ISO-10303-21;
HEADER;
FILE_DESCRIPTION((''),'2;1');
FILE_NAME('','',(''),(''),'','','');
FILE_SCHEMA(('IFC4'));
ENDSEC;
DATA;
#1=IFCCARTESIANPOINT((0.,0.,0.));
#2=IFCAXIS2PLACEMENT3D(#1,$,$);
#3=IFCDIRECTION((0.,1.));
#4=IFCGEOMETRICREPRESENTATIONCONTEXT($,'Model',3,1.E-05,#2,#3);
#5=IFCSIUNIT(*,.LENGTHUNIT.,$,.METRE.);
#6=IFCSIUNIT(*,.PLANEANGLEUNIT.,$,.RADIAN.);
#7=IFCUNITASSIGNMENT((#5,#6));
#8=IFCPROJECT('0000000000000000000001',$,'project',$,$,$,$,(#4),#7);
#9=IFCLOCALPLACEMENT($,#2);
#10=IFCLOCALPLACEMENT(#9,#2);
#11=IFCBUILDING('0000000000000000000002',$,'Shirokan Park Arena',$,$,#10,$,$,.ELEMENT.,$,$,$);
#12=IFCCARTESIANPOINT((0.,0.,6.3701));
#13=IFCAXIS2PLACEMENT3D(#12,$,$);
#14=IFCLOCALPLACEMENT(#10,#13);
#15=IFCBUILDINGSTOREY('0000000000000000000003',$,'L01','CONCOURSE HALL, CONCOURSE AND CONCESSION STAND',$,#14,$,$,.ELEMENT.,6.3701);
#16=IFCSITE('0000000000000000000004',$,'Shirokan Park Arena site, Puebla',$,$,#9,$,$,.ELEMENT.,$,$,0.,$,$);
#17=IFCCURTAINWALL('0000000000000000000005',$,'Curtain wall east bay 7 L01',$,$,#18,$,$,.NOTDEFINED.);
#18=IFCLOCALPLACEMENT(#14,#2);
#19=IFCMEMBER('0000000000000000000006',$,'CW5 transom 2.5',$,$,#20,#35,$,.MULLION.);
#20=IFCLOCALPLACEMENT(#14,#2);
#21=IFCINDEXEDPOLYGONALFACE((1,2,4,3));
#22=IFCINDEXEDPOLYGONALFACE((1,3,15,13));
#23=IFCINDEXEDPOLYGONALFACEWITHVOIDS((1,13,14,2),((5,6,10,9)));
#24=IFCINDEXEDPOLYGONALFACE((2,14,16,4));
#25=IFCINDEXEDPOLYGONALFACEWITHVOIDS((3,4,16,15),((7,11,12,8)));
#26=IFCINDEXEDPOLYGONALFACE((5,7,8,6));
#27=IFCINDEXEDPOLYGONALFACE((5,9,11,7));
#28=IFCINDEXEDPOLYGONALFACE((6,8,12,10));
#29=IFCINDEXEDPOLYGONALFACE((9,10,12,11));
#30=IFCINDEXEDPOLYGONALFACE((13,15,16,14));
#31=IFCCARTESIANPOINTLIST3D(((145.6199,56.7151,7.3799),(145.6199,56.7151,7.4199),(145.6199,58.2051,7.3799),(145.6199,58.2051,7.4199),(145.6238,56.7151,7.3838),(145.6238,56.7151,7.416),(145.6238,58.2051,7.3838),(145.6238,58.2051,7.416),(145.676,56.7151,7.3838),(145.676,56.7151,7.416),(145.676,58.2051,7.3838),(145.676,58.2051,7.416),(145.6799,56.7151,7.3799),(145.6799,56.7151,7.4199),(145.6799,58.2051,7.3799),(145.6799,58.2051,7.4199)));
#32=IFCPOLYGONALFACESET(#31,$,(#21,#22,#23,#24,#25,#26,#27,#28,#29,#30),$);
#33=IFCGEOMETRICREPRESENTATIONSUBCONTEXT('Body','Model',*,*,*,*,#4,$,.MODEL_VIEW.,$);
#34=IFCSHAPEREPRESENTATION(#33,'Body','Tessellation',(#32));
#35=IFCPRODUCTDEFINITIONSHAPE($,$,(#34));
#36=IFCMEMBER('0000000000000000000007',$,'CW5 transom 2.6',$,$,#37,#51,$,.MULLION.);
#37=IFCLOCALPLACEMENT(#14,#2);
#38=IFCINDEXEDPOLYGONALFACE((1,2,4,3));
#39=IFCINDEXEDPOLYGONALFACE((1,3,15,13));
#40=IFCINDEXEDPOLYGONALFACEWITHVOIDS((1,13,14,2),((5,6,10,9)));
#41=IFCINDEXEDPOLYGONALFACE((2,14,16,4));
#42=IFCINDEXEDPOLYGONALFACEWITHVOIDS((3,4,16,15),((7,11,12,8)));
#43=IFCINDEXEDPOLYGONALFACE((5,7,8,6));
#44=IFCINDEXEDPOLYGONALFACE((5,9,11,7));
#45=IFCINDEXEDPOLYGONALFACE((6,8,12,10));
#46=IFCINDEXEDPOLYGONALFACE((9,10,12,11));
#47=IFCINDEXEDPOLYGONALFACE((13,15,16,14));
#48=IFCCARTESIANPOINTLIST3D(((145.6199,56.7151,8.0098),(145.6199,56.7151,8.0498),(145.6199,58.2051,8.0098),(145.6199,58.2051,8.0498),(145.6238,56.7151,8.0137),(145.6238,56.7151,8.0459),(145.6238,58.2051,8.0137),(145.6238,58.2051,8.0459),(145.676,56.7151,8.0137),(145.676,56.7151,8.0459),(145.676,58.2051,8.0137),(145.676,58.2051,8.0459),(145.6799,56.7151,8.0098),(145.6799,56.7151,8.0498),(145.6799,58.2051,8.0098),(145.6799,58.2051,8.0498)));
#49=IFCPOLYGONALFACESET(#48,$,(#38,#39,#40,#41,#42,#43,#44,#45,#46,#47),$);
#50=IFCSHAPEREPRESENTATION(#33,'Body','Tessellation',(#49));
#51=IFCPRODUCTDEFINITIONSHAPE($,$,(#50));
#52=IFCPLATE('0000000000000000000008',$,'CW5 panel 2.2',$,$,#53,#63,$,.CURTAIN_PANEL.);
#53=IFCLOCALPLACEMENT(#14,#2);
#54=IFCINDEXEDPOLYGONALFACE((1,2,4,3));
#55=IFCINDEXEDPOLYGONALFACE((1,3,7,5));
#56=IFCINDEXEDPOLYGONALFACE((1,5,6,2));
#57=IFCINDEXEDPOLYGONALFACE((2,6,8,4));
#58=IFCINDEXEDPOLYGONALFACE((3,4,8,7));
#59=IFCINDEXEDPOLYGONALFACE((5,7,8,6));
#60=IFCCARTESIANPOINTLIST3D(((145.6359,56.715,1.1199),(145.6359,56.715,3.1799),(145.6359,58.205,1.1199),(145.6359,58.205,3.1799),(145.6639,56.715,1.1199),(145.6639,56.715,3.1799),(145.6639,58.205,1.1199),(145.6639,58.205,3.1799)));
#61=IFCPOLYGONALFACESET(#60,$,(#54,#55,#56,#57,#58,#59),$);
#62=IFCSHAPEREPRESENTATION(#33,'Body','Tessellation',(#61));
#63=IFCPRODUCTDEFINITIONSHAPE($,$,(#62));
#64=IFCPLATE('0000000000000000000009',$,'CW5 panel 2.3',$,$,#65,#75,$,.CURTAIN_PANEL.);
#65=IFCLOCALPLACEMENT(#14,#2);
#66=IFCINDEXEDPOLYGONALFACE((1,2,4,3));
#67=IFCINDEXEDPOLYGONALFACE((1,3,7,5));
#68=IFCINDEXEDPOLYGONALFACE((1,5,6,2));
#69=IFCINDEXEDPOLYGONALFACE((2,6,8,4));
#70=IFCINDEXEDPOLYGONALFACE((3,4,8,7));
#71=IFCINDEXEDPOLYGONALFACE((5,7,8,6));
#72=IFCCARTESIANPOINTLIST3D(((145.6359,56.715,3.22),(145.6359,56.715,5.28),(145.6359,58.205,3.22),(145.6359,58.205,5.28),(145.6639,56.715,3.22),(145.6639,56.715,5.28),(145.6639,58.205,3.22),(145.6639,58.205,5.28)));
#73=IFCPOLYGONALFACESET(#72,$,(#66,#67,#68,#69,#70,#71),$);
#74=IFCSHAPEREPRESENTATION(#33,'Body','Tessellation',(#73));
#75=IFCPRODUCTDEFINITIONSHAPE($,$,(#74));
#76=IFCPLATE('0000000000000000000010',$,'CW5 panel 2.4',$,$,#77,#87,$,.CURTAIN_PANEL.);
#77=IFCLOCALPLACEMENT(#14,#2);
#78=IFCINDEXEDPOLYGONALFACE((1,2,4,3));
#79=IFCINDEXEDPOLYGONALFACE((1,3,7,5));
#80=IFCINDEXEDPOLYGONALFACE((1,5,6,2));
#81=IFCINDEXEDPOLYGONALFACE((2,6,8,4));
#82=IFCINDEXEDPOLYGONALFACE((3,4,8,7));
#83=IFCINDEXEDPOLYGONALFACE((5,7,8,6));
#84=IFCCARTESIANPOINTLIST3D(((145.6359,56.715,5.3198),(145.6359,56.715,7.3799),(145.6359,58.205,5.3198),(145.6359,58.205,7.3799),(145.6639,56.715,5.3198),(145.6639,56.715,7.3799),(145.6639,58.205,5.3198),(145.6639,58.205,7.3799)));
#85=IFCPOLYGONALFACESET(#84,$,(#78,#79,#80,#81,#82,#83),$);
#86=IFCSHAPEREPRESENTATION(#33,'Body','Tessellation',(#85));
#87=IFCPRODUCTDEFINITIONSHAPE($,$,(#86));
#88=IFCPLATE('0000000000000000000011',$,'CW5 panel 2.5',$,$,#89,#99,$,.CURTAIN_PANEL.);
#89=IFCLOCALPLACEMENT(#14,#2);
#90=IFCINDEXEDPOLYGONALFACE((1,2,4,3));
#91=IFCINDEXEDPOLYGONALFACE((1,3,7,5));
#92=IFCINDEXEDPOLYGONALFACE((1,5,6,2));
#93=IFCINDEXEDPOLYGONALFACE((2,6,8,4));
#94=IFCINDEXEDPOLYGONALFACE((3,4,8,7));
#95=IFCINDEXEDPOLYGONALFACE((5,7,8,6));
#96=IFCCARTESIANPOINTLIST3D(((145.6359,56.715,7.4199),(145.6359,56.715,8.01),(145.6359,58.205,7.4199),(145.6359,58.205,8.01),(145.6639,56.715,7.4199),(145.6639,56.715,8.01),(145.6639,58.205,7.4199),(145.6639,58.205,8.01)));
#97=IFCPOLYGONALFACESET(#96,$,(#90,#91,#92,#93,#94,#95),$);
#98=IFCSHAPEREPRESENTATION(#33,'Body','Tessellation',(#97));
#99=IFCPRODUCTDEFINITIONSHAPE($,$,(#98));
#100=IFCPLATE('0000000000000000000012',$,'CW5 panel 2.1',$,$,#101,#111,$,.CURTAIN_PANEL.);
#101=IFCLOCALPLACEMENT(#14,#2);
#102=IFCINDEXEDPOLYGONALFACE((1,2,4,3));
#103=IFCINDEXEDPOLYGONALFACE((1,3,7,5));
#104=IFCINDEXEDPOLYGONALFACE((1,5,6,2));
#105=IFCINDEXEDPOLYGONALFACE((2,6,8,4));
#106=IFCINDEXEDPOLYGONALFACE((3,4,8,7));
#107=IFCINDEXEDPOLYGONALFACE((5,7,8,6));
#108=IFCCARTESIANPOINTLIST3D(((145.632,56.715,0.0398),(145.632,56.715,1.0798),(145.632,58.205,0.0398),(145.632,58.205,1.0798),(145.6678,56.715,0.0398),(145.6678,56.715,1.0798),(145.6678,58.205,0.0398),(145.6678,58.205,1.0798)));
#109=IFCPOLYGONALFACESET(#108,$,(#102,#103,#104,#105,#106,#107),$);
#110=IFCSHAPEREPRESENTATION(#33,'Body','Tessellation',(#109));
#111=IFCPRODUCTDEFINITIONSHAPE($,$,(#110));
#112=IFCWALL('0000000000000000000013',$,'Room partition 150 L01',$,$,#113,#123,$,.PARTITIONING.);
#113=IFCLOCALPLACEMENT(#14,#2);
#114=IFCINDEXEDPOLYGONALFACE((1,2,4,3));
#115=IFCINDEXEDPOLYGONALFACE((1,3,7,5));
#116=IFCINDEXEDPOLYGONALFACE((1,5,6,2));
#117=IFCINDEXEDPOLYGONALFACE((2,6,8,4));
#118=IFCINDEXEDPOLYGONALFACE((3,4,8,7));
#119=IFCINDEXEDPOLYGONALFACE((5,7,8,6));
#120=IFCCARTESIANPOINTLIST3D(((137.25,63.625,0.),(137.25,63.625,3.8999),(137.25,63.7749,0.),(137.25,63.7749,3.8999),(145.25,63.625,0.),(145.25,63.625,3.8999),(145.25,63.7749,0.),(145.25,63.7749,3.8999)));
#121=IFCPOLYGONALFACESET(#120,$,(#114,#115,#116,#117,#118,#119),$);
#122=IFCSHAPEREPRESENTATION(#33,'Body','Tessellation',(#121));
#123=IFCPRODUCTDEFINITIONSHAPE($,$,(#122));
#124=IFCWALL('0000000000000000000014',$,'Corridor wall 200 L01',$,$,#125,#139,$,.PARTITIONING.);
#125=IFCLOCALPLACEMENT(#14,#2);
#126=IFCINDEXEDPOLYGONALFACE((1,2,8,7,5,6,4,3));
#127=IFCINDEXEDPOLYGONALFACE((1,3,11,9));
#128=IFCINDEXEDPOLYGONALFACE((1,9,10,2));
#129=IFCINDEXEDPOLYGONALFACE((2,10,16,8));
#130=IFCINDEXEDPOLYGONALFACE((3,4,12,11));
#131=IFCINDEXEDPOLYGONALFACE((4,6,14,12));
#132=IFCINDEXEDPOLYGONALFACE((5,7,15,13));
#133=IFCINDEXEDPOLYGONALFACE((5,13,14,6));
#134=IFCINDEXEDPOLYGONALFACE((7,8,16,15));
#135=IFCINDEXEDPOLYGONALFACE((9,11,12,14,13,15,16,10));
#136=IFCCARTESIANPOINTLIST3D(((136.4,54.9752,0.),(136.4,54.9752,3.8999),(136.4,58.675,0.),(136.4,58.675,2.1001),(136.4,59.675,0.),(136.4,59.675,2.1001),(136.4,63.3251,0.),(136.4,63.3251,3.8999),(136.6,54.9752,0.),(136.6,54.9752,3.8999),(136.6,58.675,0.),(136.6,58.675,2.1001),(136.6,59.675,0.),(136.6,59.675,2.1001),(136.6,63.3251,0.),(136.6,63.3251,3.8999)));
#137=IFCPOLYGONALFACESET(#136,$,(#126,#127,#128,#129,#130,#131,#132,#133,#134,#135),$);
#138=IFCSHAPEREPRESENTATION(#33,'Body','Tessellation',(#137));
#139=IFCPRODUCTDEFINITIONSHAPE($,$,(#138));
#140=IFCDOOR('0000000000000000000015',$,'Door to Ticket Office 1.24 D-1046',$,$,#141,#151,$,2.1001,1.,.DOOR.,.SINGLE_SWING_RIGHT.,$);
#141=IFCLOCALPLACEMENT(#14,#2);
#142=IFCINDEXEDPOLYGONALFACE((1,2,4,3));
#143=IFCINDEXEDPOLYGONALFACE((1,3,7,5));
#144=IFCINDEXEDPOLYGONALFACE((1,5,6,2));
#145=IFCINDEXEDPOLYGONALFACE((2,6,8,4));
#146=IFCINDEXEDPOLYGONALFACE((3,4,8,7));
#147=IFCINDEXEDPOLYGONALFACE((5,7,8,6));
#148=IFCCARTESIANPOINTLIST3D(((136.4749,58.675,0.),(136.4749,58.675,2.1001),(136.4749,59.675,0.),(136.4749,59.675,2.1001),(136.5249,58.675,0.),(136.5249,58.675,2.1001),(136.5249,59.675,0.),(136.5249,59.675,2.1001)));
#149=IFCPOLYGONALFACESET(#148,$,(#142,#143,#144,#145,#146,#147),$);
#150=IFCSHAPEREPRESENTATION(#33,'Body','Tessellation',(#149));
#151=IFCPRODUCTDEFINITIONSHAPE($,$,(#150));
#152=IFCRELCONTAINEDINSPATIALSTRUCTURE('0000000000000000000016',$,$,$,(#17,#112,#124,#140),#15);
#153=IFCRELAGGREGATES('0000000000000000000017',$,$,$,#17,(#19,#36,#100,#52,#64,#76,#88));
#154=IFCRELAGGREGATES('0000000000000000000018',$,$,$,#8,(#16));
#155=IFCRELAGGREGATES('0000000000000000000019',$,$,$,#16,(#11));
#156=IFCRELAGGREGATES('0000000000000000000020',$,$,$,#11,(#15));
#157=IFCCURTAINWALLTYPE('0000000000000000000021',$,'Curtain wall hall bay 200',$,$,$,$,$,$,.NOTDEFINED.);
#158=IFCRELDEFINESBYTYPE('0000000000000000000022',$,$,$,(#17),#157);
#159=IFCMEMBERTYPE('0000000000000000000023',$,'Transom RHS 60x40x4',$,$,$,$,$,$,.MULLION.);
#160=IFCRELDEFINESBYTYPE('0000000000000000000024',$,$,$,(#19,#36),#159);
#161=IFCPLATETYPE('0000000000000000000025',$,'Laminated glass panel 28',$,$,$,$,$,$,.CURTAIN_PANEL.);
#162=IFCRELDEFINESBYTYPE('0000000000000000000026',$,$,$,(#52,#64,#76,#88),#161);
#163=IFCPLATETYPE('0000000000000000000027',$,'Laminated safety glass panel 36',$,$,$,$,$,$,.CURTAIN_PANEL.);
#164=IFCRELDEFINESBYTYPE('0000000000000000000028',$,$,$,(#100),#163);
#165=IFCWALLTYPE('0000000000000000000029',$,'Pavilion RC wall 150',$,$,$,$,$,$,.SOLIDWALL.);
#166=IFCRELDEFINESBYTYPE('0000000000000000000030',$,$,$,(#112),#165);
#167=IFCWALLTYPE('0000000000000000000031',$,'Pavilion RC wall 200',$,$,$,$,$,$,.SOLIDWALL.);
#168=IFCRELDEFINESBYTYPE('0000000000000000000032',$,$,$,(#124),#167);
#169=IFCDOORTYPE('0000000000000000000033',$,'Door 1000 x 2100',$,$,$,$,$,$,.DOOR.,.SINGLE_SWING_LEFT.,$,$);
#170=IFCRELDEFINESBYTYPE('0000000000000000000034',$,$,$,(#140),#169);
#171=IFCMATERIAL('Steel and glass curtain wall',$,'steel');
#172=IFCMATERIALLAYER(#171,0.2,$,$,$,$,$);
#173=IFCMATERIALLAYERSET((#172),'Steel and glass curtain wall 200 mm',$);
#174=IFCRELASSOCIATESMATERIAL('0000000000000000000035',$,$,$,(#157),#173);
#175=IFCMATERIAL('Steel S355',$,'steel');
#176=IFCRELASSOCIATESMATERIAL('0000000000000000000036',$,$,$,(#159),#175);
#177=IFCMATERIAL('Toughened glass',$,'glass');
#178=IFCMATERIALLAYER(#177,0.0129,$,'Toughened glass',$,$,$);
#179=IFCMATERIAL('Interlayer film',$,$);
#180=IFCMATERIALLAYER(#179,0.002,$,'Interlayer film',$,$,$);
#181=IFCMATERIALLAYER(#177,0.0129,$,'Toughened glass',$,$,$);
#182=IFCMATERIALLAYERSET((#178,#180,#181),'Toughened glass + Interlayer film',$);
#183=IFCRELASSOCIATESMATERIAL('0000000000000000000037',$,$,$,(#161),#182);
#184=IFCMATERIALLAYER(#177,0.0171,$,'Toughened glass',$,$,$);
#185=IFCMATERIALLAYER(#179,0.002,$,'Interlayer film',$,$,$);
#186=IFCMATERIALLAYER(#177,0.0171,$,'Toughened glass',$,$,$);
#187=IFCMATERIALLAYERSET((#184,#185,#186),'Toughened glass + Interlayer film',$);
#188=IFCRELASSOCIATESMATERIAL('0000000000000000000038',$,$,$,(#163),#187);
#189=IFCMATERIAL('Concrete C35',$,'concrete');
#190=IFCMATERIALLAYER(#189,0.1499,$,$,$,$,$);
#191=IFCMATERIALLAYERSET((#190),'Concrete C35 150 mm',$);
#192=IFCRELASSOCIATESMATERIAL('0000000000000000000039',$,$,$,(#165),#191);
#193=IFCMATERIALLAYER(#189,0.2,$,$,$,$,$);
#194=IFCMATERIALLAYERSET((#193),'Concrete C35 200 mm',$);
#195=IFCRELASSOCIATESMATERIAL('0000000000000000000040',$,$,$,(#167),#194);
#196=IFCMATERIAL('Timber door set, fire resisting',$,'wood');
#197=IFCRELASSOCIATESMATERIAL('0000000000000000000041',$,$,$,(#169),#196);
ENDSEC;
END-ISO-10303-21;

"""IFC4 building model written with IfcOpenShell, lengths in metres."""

from ifc_helpers import new_model, si_unit, direction, frame, frame_2d, origin, origin_2d, place, context, subcontext, project, spatial, rectangle, hollow_rectangle, extrude, material, layer, layer_set, material_profile, profile_set, type_object, element, fill, aggregate, save


model = new_model("IFC4")

# Units and contexts
model_context = context("Model", 3, precision=1e-05, world=origin(), true_north=direction((0.0, 1.0)))
body_context = subcontext(model_context, "Body", "Model", "MODEL_VIEW")
ifc_project = project(units=[si_unit("LENGTHUNIT", "METRE"), si_unit("PLANEANGLEUNIT", "RADIAN")], contexts=[model_context])

# Site, building, storey
site_placement = place(None, origin())
site = spatial("IfcSite", under=ifc_project, at=site_placement, Name="Shirokan Park Arena site, Puebla", CompositionType="ELEMENT", RefElevation=0.0)
building_placement = place(site_placement, origin())
building = spatial("IfcBuilding", under=site, at=building_placement, Name="Shirokan Park Arena", CompositionType="ELEMENT")
storey_placement = place(building_placement, frame((0.0, 0.0, 6.3701)))
storey = spatial("IfcBuildingStorey", under=building, at=storey_placement, Name="L01", Description="CONCOURSE HALL, CONCOURSE AND CONCESSION STAND", CompositionType="ELEMENT", Elevation=6.3701)

# Shared definitions
ifc_material_1 = material(Name="Concrete C35", Category="concrete")

# Curtain wall
ifc_material_2 = material(Name="Steel and glass curtain wall", Category="steel")
ifc_layer_1 = layer(ifc_material_2, 0.2)
ifc_layer_set_1 = layer_set([ifc_layer_1], Name="Steel and glass curtain wall 200 mm")
curtain_wall_type = type_object("IfcCurtainWallType", Name="Curtain wall hall bay 200", PredefinedType="NOTDEFINED", material=ifc_layer_set_1)
curtain_wall_placement = place(storey_placement, origin())
curtain_wall = element("IfcCurtainWall", 1, at=curtain_wall_placement, inside=storey, type_object=curtain_wall_type, Name="Curtain wall east bay 7 L01", PredefinedType="NOTDEFINED")
ifc_material_3 = material(Name="Steel S355", Category="steel")

# Members
ifc_material_profile_1 = material_profile(ifc_material_3, hollow_rectangle(XDim=0.0601, YDim=0.04, WallThickness=0.0039, at=origin_2d()), Name="RHS 60x40x4")
ifc_profile_set_1 = profile_set([ifc_material_profile_1], Name="Steel S355")
member_type_1 = type_object("IfcMemberType", Name="Transom RHS 60x40x4", PredefinedType="MULLION", material=ifc_profile_set_1)
member_1_placement = place(storey_placement, frame((145.6499, 56.7151, 7.3999), z_axis=(0.0, 1.0, 0.0), x_axis=(-1.0, 0.0, 0.0)))
member_1 = element("IfcMember", 2, at=member_1_placement, type_object=member_type_1, Name="CW5 transom 2.5", PredefinedType="MULLION", context=body_context, shape_type="SweptSolid", body=[
    extrude(hollow_rectangle(XDim=0.0601, YDim=0.04, WallThickness=0.0039, at=origin_2d()), origin(), (0.0, 0.0, 1.0), 1.49),
])
member_2_placement = place(storey_placement, frame((145.6499, 56.7151, 8.0298), z_axis=(0.0, 1.0, 0.0), x_axis=(-1.0, 0.0, 0.0)))
member_2 = element("IfcMember", 3, at=member_2_placement, type_object=member_type_1, Name="CW5 transom 2.6", PredefinedType="MULLION", context=body_context, shape_type="SweptSolid", body=[
    extrude(hollow_rectangle(XDim=0.0601, YDim=0.04, WallThickness=0.0039, at=origin_2d()), origin(), (0.0, 0.0, 1.0), 1.49),
])

# Plates
ifc_material_4 = material(Name="Toughened glass", Category="glass")
ifc_layer_2 = layer(ifc_material_4, 0.0129, Name="Toughened glass")
ifc_material_5 = material(Name="Interlayer film")
ifc_layer_3 = layer(ifc_material_5, 0.002, Name="Interlayer film")
ifc_layer_4 = layer(ifc_material_4, 0.0129, Name="Toughened glass")
ifc_layer_set_2 = layer_set([ifc_layer_2, ifc_layer_3, ifc_layer_4], Name="Toughened glass + Interlayer film")
plate_type_1 = type_object("IfcPlateType", Name="Laminated glass panel 28", PredefinedType="CURTAIN_PANEL", material=ifc_layer_set_2)
plate_1_placement = place(storey_placement, frame((145.6499, 57.46, 1.1199), z_axis=(0.0, 0.0, 1.0), x_axis=(0.0, 1.0, 0.0)))
plate_1 = element("IfcPlate", 4, at=plate_1_placement, type_object=plate_type_1, Name="CW5 panel 2.2", PredefinedType="CURTAIN_PANEL", context=body_context, shape_type="SweptSolid", body=[
    extrude(rectangle(XDim=1.49, YDim=0.0281, at=origin_2d()), origin(), (0.0, 0.0, 1.0), 2.0601),
])
plate_2_placement = place(storey_placement, frame((145.6499, 57.46, 3.22), z_axis=(0.0, 0.0, 1.0), x_axis=(0.0, 1.0, 0.0)))
plate_2 = element("IfcPlate", 5, at=plate_2_placement, type_object=plate_type_1, Name="CW5 panel 2.3", PredefinedType="CURTAIN_PANEL", context=body_context, shape_type="SweptSolid", body=[
    extrude(rectangle(XDim=1.49, YDim=0.0281, at=origin_2d()), origin(), (0.0, 0.0, 1.0), 2.0601),
])
plate_3_placement = place(storey_placement, frame((145.6499, 57.46, 5.3198), z_axis=(0.0, 0.0, 1.0), x_axis=(0.0, 1.0, 0.0)))
plate_3 = element("IfcPlate", 6, at=plate_3_placement, type_object=plate_type_1, Name="CW5 panel 2.4", PredefinedType="CURTAIN_PANEL", context=body_context, shape_type="SweptSolid", body=[
    extrude(rectangle(XDim=1.49, YDim=0.0281, at=origin_2d()), origin(), (0.0, 0.0, 1.0), 2.0601),
])
plate_4_placement = place(storey_placement, frame((145.6499, 57.46, 7.4199), z_axis=(0.0, 0.0, 1.0), x_axis=(0.0, 1.0, 0.0)))
plate_4 = element("IfcPlate", 7, at=plate_4_placement, type_object=plate_type_1, Name="CW5 panel 2.5", PredefinedType="CURTAIN_PANEL", context=body_context, shape_type="SweptSolid", body=[
    extrude(rectangle(XDim=1.49, YDim=0.0281, at=origin_2d()), origin(), (0.0, 0.0, 1.0), 0.5901),
])
ifc_layer_5 = layer(ifc_material_4, 0.0171, Name="Toughened glass")
ifc_layer_6 = layer(ifc_material_5, 0.002, Name="Interlayer film")
ifc_layer_7 = layer(ifc_material_4, 0.0171, Name="Toughened glass")
ifc_layer_set_3 = layer_set([ifc_layer_5, ifc_layer_6, ifc_layer_7], Name="Toughened glass + Interlayer film")
plate_type_2 = type_object("IfcPlateType", Name="Laminated safety glass panel 36", PredefinedType="CURTAIN_PANEL", material=ifc_layer_set_3)
plate_5_placement = place(storey_placement, frame((145.6499, 57.46, 0.0398), z_axis=(0.0, 0.0, 1.0), x_axis=(0.0, 1.0, 0.0)))
plate_5 = element("IfcPlate", 8, at=plate_5_placement, type_object=plate_type_2, Name="CW5 panel 2.1", PredefinedType="CURTAIN_PANEL", context=body_context, shape_type="SweptSolid", body=[
    extrude(rectangle(XDim=1.49, YDim=0.0359, at=origin_2d()), origin(), (0.0, 0.0, 1.0), 1.04),
])
aggregate(curtain_wall, [member_1, member_2, plate_5, plate_1, plate_2, plate_3, plate_4])

# Wall
ifc_layer_8 = layer(ifc_material_1, 0.1499)
ifc_layer_set_4 = layer_set([ifc_layer_8], Name="Concrete C35 150 mm")
wall_type_1 = type_object("IfcWallType", Name="Pavilion RC wall 150", PredefinedType="SOLIDWALL", material=ifc_layer_set_4)
wall_1_placement = place(storey_placement, frame((137.25, 63.7, 0.0), z_axis=(0.0, 0.0, 1.0), x_axis=(1.0, 0.0, 0.0)))
element("IfcWall", 9, at=wall_1_placement, inside=storey, type_object=wall_type_1, Name="Room partition 150 L01", PredefinedType="PARTITIONING", context=body_context, shape_type="SweptSolid", body=[
    extrude(rectangle(XDim=8.0, YDim=0.1499, at=frame_2d((4.0, 0.0))), origin(), (0.0, 0.0, 1.0), 3.8999),
])

# Wall, opening, door
ifc_layer_9 = layer(ifc_material_1, 0.2)
ifc_layer_set_5 = layer_set([ifc_layer_9], Name="Concrete C35 200 mm")
wall_type_2 = type_object("IfcWallType", Name="Pavilion RC wall 200", PredefinedType="SOLIDWALL", material=ifc_layer_set_5)
wall_2_placement = place(storey_placement, frame((136.5, 63.325, 0.0), z_axis=(0.0, 0.0, 1.0), x_axis=(0.0, -1.0, 0.0)))
wall_2 = element("IfcWall", 10, at=wall_2_placement, inside=storey, type_object=wall_type_2, Name="Corridor wall 200 L01", PredefinedType="PARTITIONING", context=body_context, shape_type="SweptSolid", body=[
    extrude(rectangle(XDim=8.3499, YDim=0.2, at=frame_2d((4.1748, 0.0))), origin(), (0.0, 0.0, 1.0), 3.8999),
])
opening_placement = place(wall_2_placement, frame((3.6499, 0.0, 0.0)))
opening = element("IfcOpeningElement", 11, at=opening_placement, cuts=wall_2, PredefinedType="OPENING", context=body_context, shape_type="SweptSolid", body=[
    extrude(rectangle(XDim=1.0, YDim=2.1001, at=frame_2d((0.5, 1.05))), frame((0.0, 0.1099, 0.0), z_axis=(0.0, -1.0, 0.0), x_axis=(1.0, 0.0, 0.0)), (0.0, 0.0, 1.0), 0.22),
])
ifc_material_6 = material(Name="Timber door set, fire resisting", Category="wood")
door_type = type_object("IfcDoorType", Name="Door 1000 x 2100", OperationType="SINGLE_SWING_LEFT", PredefinedType="DOOR", material=ifc_material_6)
door_placement = place(opening_placement, origin())
door = element("IfcDoor", 12, at=door_placement, inside=storey, type_object=door_type, Name="Door to Ticket Office 1.24 D-1046", OperationType="SINGLE_SWING_RIGHT", OverallHeight=2.1001, OverallWidth=1.0, PredefinedType="DOOR", context=body_context, shape_type="SweptSolid", body=[
    extrude(rectangle(XDim=1.0, YDim=2.1001, at=frame_2d((0.5, 1.05))), frame((0.0, 0.0249, 0.0), z_axis=(0.0, -1.0, 0.0), x_axis=(1.0, 0.0, 0.0)), (0.0, 0.0, 1.0), 0.05),
])
fill(opening, door)

save(model, "model.ifc")
